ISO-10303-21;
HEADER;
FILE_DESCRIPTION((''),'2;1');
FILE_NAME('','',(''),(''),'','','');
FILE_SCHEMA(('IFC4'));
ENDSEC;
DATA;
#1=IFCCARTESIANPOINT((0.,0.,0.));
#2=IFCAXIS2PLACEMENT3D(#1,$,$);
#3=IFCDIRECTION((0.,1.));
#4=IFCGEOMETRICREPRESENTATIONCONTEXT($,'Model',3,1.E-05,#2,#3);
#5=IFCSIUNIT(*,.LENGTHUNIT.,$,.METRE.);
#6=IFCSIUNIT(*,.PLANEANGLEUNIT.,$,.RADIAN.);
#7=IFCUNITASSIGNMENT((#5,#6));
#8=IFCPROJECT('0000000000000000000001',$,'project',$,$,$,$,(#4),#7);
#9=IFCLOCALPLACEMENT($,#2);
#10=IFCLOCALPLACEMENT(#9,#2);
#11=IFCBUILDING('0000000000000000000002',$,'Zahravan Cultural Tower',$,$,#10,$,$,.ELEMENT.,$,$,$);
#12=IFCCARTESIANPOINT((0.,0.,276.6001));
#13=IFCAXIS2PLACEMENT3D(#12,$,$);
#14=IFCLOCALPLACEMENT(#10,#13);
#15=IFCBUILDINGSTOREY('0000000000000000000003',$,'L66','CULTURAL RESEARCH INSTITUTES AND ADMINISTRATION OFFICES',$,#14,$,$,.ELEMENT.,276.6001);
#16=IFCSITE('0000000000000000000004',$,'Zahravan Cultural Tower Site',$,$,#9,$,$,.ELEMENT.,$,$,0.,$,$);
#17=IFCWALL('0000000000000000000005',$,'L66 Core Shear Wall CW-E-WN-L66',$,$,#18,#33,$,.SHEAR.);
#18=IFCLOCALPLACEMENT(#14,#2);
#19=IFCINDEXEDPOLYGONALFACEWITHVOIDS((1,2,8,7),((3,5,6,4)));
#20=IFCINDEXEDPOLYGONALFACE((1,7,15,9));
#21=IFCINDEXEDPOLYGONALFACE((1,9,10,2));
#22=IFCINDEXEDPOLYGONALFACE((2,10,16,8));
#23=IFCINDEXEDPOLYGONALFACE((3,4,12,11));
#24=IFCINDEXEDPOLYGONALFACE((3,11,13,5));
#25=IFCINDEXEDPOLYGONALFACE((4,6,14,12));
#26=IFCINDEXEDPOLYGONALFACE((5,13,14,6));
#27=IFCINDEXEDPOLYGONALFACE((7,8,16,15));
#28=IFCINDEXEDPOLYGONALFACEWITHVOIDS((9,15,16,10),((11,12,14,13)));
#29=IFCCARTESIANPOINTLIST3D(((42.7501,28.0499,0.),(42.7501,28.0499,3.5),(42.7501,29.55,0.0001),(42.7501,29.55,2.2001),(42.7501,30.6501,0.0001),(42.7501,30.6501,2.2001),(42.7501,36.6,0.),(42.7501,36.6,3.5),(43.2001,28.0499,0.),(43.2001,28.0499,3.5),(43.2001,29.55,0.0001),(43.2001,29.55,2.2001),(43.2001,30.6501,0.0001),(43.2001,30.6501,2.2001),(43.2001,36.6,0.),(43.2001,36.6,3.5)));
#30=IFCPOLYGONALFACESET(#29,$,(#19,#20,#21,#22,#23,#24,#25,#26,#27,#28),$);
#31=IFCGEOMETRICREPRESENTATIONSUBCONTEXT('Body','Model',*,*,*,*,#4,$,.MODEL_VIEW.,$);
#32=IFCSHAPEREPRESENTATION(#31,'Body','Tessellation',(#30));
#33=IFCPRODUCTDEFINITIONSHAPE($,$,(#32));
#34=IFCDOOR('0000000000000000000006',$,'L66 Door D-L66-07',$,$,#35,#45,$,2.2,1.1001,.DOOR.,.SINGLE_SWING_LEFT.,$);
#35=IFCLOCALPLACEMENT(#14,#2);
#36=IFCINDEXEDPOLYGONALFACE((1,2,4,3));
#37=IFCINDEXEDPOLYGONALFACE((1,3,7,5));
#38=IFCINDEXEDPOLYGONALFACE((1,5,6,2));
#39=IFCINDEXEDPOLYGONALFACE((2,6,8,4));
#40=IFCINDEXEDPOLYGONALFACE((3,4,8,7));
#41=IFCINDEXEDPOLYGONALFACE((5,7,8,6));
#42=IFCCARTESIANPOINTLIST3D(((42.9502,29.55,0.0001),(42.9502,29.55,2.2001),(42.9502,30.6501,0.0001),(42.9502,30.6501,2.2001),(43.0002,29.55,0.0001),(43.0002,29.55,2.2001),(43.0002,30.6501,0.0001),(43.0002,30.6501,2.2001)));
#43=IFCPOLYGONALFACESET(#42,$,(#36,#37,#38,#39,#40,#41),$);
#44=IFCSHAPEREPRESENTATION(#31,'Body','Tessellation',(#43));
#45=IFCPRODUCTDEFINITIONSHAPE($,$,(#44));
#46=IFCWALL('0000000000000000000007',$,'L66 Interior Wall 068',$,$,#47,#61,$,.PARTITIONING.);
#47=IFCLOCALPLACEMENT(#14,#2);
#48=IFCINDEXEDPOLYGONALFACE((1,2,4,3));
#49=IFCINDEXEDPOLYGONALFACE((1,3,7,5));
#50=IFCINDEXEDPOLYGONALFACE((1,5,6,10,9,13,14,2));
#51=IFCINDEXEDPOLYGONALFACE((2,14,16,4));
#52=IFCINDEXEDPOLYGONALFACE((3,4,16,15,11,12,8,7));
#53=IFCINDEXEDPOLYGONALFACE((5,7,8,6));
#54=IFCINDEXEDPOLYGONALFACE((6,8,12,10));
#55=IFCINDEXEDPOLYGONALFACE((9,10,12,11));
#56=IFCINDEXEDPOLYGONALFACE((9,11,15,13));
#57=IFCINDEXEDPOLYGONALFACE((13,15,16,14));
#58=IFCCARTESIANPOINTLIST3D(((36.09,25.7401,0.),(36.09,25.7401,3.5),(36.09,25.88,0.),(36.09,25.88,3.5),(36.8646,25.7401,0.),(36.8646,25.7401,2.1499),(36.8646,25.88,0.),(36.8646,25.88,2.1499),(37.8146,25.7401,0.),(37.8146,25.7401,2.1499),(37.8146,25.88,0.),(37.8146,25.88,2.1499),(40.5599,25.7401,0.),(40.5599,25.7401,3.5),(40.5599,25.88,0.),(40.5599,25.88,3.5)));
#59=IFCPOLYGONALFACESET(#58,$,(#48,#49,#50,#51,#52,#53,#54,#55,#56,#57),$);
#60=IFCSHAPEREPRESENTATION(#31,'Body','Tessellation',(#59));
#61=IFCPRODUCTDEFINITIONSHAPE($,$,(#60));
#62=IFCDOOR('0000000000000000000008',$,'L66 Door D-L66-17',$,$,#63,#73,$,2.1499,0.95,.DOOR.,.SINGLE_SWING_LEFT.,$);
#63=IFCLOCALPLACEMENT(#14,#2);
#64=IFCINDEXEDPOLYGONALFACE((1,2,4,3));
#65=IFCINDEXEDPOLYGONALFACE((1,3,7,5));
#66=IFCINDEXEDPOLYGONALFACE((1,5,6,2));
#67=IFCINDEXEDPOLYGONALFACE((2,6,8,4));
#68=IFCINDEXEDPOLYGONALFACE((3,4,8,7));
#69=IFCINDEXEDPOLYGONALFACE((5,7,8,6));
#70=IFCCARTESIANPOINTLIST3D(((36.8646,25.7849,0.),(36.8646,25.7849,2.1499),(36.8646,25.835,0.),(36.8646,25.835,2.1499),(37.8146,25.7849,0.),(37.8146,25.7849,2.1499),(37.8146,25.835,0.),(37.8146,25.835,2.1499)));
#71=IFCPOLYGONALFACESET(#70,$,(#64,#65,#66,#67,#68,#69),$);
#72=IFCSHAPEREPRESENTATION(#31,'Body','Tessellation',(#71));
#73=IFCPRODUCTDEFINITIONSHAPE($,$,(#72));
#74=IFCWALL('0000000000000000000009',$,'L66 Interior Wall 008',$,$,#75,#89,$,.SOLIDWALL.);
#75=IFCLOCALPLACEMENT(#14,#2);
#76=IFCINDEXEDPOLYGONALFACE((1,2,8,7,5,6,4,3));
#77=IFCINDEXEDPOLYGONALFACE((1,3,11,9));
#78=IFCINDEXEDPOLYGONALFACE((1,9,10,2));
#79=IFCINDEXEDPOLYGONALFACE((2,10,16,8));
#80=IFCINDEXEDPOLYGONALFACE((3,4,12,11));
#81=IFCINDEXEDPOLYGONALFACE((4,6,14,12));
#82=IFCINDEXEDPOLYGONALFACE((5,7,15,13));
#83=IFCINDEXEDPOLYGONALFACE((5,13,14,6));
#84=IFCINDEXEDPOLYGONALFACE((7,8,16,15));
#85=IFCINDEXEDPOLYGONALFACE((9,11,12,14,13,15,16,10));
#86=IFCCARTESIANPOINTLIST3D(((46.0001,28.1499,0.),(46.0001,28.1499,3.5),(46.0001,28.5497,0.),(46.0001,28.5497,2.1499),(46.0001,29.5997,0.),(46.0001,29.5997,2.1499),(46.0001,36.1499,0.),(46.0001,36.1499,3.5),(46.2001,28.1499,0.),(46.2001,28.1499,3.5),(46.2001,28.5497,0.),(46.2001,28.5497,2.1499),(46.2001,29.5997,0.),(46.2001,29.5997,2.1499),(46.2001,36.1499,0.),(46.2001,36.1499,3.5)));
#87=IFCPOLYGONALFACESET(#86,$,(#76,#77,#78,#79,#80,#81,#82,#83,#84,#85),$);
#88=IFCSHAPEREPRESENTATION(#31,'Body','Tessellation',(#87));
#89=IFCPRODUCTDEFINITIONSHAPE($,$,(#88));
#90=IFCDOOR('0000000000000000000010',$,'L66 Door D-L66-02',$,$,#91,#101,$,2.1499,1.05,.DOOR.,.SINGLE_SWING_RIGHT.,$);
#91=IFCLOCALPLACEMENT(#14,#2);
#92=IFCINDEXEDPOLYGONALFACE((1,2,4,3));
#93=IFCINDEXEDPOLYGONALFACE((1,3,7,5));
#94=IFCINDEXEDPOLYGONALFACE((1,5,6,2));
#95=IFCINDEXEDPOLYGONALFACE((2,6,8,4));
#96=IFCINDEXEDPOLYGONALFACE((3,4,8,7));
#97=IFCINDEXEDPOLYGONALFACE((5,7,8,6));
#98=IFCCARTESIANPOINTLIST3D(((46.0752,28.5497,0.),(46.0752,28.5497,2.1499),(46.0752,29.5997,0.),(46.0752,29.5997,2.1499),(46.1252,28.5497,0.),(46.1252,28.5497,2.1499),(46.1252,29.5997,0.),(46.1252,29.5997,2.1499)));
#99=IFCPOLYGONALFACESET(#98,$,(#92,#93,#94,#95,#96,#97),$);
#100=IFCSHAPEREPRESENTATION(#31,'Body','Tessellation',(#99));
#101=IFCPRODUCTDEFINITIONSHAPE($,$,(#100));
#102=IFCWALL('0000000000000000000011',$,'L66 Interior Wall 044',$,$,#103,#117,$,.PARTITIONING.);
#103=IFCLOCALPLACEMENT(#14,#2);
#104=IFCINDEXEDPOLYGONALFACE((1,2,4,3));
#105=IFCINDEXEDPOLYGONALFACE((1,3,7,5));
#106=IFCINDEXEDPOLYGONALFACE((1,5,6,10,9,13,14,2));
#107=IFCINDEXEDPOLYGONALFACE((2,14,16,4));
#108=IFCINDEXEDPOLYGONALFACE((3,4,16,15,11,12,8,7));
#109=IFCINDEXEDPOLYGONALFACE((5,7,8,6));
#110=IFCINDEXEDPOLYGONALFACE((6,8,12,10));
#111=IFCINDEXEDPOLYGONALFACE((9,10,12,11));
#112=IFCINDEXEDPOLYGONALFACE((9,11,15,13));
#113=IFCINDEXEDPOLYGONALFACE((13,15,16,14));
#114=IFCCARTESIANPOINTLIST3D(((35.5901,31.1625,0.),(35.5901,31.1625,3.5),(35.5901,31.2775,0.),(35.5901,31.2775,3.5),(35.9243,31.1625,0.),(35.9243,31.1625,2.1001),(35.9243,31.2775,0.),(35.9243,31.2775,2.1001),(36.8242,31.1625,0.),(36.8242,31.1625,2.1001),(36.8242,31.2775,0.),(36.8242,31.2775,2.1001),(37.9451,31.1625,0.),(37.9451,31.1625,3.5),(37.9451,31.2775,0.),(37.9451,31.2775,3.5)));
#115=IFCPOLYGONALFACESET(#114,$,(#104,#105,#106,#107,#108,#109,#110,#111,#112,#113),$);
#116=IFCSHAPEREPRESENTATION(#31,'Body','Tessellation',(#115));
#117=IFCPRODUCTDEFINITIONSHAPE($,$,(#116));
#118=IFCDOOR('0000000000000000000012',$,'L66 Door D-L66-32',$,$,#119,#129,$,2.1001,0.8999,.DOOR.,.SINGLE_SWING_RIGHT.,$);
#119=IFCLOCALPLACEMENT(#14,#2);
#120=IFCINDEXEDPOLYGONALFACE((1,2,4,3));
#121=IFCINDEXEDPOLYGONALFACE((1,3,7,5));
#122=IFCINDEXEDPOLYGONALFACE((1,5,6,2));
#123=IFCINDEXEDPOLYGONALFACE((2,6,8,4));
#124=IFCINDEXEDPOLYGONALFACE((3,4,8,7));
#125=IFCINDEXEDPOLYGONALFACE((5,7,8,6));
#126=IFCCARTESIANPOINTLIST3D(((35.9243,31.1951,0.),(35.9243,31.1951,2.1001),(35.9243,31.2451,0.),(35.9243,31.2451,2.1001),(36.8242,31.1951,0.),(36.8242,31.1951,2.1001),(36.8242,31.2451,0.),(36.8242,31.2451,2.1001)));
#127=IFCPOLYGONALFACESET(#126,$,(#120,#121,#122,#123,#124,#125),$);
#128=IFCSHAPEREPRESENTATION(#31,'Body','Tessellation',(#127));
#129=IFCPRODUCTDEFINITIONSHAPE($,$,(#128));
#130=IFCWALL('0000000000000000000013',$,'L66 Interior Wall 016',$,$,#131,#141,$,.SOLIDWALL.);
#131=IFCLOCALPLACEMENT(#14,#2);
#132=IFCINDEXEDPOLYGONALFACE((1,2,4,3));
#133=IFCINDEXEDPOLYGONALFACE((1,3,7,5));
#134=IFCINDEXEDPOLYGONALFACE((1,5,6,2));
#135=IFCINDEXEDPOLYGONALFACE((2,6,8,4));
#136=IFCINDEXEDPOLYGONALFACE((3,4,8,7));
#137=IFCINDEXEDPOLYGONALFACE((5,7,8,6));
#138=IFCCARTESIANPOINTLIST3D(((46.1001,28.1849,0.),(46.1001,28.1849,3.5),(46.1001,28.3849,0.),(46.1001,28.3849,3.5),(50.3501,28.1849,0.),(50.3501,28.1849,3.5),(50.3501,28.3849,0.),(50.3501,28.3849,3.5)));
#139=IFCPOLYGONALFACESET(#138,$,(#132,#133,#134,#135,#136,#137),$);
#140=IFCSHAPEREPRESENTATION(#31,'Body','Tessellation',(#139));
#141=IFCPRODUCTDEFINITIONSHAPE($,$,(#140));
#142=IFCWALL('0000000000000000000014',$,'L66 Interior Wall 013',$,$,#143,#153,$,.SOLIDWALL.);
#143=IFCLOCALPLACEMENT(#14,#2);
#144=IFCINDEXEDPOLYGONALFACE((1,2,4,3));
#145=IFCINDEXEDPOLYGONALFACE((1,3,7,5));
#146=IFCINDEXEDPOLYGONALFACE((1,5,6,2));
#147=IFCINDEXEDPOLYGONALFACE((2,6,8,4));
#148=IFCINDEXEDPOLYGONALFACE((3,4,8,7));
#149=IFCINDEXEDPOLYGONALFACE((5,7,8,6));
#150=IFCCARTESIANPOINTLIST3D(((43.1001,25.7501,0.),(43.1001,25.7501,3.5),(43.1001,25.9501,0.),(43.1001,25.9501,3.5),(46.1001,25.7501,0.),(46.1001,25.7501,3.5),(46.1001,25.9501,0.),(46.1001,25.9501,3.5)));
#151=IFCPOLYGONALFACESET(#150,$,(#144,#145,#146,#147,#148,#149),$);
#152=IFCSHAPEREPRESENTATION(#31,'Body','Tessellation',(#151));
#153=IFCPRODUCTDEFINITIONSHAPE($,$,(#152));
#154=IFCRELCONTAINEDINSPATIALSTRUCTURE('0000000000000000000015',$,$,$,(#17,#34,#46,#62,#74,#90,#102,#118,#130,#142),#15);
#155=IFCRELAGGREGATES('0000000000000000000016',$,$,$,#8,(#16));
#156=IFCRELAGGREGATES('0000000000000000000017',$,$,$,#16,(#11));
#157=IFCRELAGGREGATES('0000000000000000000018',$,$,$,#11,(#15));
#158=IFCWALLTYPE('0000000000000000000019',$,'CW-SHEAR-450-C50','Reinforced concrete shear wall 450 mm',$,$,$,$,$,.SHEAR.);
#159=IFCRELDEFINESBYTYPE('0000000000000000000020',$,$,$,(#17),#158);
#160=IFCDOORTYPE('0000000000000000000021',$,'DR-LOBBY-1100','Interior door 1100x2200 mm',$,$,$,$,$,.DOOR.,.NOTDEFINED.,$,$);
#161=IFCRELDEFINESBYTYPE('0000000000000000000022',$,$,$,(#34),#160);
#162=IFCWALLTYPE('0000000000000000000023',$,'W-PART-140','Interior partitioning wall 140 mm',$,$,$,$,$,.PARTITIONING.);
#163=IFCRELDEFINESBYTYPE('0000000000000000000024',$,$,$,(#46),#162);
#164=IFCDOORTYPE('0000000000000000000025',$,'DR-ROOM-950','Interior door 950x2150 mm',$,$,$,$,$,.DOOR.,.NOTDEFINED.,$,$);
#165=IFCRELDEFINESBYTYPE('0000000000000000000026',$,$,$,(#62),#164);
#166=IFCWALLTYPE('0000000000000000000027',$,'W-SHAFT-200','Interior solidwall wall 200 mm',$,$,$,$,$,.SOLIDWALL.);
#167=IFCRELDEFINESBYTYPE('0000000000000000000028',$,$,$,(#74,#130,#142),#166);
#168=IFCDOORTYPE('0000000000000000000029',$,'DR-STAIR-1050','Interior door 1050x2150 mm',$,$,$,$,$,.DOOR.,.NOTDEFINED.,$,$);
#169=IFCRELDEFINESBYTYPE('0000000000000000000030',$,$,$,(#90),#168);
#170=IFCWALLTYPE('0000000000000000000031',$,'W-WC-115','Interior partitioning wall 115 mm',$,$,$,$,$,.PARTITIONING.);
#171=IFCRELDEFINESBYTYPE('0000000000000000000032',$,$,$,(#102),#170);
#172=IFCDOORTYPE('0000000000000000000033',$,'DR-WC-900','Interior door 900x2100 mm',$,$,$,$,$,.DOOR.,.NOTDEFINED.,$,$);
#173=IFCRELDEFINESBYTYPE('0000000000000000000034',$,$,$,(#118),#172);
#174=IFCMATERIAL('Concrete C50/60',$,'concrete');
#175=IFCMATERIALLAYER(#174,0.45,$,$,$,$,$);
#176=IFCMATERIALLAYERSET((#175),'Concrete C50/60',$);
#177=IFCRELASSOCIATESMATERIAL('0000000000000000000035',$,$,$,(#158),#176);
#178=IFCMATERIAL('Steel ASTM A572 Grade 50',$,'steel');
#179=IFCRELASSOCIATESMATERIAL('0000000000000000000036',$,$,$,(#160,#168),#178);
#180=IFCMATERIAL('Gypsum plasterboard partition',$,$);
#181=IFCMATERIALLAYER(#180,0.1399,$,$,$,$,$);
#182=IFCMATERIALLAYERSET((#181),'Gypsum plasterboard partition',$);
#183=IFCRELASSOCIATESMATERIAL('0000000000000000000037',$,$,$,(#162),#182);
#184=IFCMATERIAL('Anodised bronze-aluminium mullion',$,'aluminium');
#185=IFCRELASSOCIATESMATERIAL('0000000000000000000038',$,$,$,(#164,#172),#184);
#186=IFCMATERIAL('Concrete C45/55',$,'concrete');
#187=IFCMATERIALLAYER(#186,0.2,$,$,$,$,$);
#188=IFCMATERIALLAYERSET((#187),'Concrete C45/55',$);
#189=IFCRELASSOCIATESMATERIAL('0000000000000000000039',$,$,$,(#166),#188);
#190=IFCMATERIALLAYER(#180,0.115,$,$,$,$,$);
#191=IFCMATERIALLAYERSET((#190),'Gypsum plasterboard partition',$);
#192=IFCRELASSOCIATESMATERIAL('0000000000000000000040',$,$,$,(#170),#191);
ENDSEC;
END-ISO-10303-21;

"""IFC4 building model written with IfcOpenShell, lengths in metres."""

from ifc_helpers import new_model, si_unit, direction, frame, frame_2d, origin, place, context, subcontext, project, spatial, rectangle, extrude, source, transform, mapped, material, layer, layer_set, type_object, element, fill, save


model = new_model("IFC4")

# Units and contexts
model_context = context("Model", 3, precision=1e-05, world=origin(), true_north=direction((0.0, 1.0)))
body_context = subcontext(model_context, "Body", "Model", "MODEL_VIEW")
ifc_project = project(units=[si_unit("LENGTHUNIT", "METRE"), si_unit("PLANEANGLEUNIT", "RADIAN")], contexts=[model_context])

# Site, building, storey
site_placement = place(None, origin())
site = spatial("IfcSite", under=ifc_project, at=site_placement, Name="Zahravan Cultural Tower Site", CompositionType="ELEMENT", RefElevation=0.0)
building_placement = place(site_placement, origin())
building = spatial("IfcBuilding", under=site, at=building_placement, Name="Zahravan Cultural Tower", CompositionType="ELEMENT")
storey_placement = place(building_placement, frame((0.0, 0.0, 276.6001)))
storey = spatial("IfcBuildingStorey", under=building, at=storey_placement, Name="L66", Description="CULTURAL RESEARCH INSTITUTES AND ADMINISTRATION OFFICES", CompositionType="ELEMENT", Elevation=276.6001)

# Walls, openings, doors
ifc_material_1 = material(Name="Concrete C50/60", Category="concrete")
ifc_layer_1 = layer(ifc_material_1, 0.45)
ifc_layer_set_1 = layer_set([ifc_layer_1], Name="Concrete C50/60")
wall_type_1 = type_object("IfcWallType", Name="CW-SHEAR-450-C50", Description="Reinforced concrete shear wall 450 mm", PredefinedType="SHEAR", material=ifc_layer_set_1)
wall_1_placement = place(storey_placement, frame((42.9751, 28.05, 0.0), z_axis=(0.0, 0.0, 1.0), x_axis=(0.0, 1.0, 0.0)))
wall_1 = element("IfcWall", 1, at=wall_1_placement, inside=storey, type_object=wall_type_1, Name="L66 Core Shear Wall CW-E-WN-L66", PredefinedType="SHEAR", context=body_context, shape_type="SweptSolid", body=[
    extrude(rectangle(XDim=8.55, YDim=0.45, at=frame_2d((4.2749, 0.0))), origin(), (0.0, 0.0, 1.0), 3.5),
])
opening_1_placement = place(wall_1_placement, frame((1.5, 0.0, 0.0)))
opening_1 = element("IfcOpeningElement", 2, at=opening_1_placement, cuts=wall_1, PredefinedType="OPENING", context=body_context, shape_type="SweptSolid", body=[
    extrude(rectangle(XDim=1.1001, YDim=2.2, at=frame_2d((0.55, 1.1001))), frame((0.0, 0.2349, 0.0), z_axis=(0.0, -1.0, 0.0), x_axis=(1.0, 0.0, 0.0)), (0.0, 0.0, 1.0), 0.47),
])
ifc_material_2 = material(Name="Steel ASTM A572 Grade 50", Category="steel")
door_type_1 = type_object("IfcDoorType", Name="DR-LOBBY-1100", Description="Interior door 1100x2200 mm", OperationType="NOTDEFINED", PredefinedType="DOOR", material=ifc_material_2)
shared_shape_1 = source(origin(), body_context, "Body", "SweptSolid", [
    extrude(rectangle(XDim=1.1001, YDim=2.2, at=frame_2d((0.55, 1.1001))), frame((0.0, 0.0249, 0.0), z_axis=(0.0, -1.0, 0.0), x_axis=(1.0, 0.0, 0.0)), (0.0, 0.0, 1.0), 0.05),
])
door_1_placement = place(opening_1_placement, origin())
door_1 = element("IfcDoor", 3, at=door_1_placement, inside=storey, type_object=door_type_1, Name="L66 Door D-L66-07", OperationType="SINGLE_SWING_LEFT", OverallHeight=2.2, OverallWidth=1.1001, PredefinedType="DOOR", context=body_context, shape_type="MappedRepresentation", body=[
    mapped(shared_shape_1, transform((0.0, 0.0, 0.0), x_axis=(1.0, 0.0, 0.0), y_axis=(0.0, 1.0, 0.0), z_axis=(0.0, 0.0, 1.0), scale=1.0)),
])
fill(opening_1, door_1)
ifc_material_3 = material(Name="Gypsum plasterboard partition")
ifc_layer_2 = layer(ifc_material_3, 0.1399)
ifc_layer_set_2 = layer_set([ifc_layer_2], Name="Gypsum plasterboard partition")
wall_type_2 = type_object("IfcWallType", Name="W-PART-140", Description="Interior partitioning wall 140 mm", PredefinedType="PARTITIONING", material=ifc_layer_set_2)
ifc_material_4 = material(Name="Anodised bronze-aluminium mullion", Category="aluminium")
door_type_2 = type_object("IfcDoorType", Name="DR-ROOM-950", Description="Interior door 950x2150 mm", OperationType="NOTDEFINED", PredefinedType="DOOR", material=ifc_material_4)
shared_shape_2 = source(origin(), body_context, "Body", "SweptSolid", [
    extrude(rectangle(XDim=0.95, YDim=2.1499, at=frame_2d((0.4751, 1.075))), frame((0.0, 0.0249, 0.0), z_axis=(0.0, -1.0, 0.0), x_axis=(1.0, 0.0, 0.0)), (0.0, 0.0, 1.0), 0.05),
])
wall_2_placement = place(storey_placement, frame((36.0901, 25.8101, 0.0), z_axis=(0.0, 0.0, 1.0), x_axis=(1.0, 0.0, 0.0)))
wall_2 = element("IfcWall", 4, at=wall_2_placement, inside=storey, type_object=wall_type_2, Name="L66 Interior Wall 068", PredefinedType="PARTITIONING", context=body_context, shape_type="SweptSolid", body=[
    extrude(rectangle(XDim=4.47, YDim=0.1399, at=frame_2d((2.2349, 0.0))), origin(), (0.0, 0.0, 1.0), 3.5),
])
opening_2_placement = place(wall_2_placement, frame((0.7744, 0.0, 0.0)))
opening_2 = element("IfcOpeningElement", 5, at=opening_2_placement, cuts=wall_2, PredefinedType="OPENING", context=body_context, shape_type="SweptSolid", body=[
    extrude(rectangle(XDim=0.95, YDim=2.1499, at=frame_2d((0.4751, 1.075))), frame((0.0, 0.0798, 0.0), z_axis=(0.0, -1.0, 0.0), x_axis=(1.0, 0.0, 0.0)), (0.0, 0.0, 1.0), 0.1599),
])
door_2_placement = place(opening_2_placement, origin())
door_2 = element("IfcDoor", 6, at=door_2_placement, inside=storey, type_object=door_type_2, Name="L66 Door D-L66-17", OperationType="SINGLE_SWING_LEFT", OverallHeight=2.1499, OverallWidth=0.95, PredefinedType="DOOR", context=body_context, shape_type="MappedRepresentation", body=[
    mapped(shared_shape_2, transform((0.0, 0.0, 0.0), x_axis=(1.0, 0.0, 0.0), y_axis=(0.0, 1.0, 0.0), z_axis=(0.0, 0.0, 1.0), scale=1.0)),
])
fill(opening_2, door_2)
ifc_material_5 = material(Name="Concrete C45/55", Category="concrete")
ifc_layer_3 = layer(ifc_material_5, 0.2)
ifc_layer_set_3 = layer_set([ifc_layer_3], Name="Concrete C45/55")
wall_type_3 = type_object("IfcWallType", Name="W-SHAFT-200", Description="Interior solidwall wall 200 mm", PredefinedType="SOLIDWALL", material=ifc_layer_set_3)
wall_3_placement = place(storey_placement, frame((46.1001, 28.1499, 0.0), z_axis=(0.0, 0.0, 1.0), x_axis=(0.0, 1.0, 0.0)))
wall_3 = element("IfcWall", 7, at=wall_3_placement, inside=storey, type_object=wall_type_3, Name="L66 Interior Wall 008", PredefinedType="SOLIDWALL", context=body_context, shape_type="SweptSolid", body=[
    extrude(rectangle(XDim=8.0, YDim=0.2, at=frame_2d((4.0, 0.0))), origin(), (0.0, 0.0, 1.0), 3.5),
])
opening_3_placement = place(wall_3_placement, frame((0.3999, 0.0, 0.0)))
opening_3 = element("IfcOpeningElement", 8, at=opening_3_placement, cuts=wall_3, PredefinedType="OPENING", context=body_context, shape_type="SweptSolid", body=[
    extrude(rectangle(XDim=1.05, YDim=2.1499, at=frame_2d((0.5249, 1.075))), frame((0.0, 0.1099, 0.0), z_axis=(0.0, -1.0, 0.0), x_axis=(1.0, 0.0, 0.0)), (0.0, 0.0, 1.0), 0.22),
])
door_type_3 = type_object("IfcDoorType", Name="DR-STAIR-1050", Description="Interior door 1050x2150 mm", OperationType="NOTDEFINED", PredefinedType="DOOR", material=ifc_material_2)
shared_shape_3 = source(origin(), body_context, "Body", "SweptSolid", [
    extrude(rectangle(XDim=1.05, YDim=2.1499, at=frame_2d((0.5249, 1.075))), frame((0.0, 0.0249, 0.0), z_axis=(0.0, -1.0, 0.0), x_axis=(1.0, 0.0, 0.0)), (0.0, 0.0, 1.0), 0.05),
])
door_3_placement = place(opening_3_placement, origin())
door_3 = element("IfcDoor", 9, at=door_3_placement, inside=storey, type_object=door_type_3, Name="L66 Door D-L66-02", OperationType="SINGLE_SWING_RIGHT", OverallHeight=2.1499, OverallWidth=1.05, PredefinedType="DOOR", context=body_context, shape_type="MappedRepresentation", body=[
    mapped(shared_shape_3, transform((0.0, 0.0, 0.0), x_axis=(1.0, 0.0, 0.0), y_axis=(0.0, 1.0, 0.0), z_axis=(0.0, 0.0, 1.0), scale=1.0)),
])
fill(opening_3, door_3)
ifc_layer_4 = layer(ifc_material_3, 0.115)
ifc_layer_set_4 = layer_set([ifc_layer_4], Name="Gypsum plasterboard partition")
wall_type_4 = type_object("IfcWallType", Name="W-WC-115", Description="Interior partitioning wall 115 mm", PredefinedType="PARTITIONING", material=ifc_layer_set_4)
wall_4_placement = place(storey_placement, frame((37.9451, 31.22, 0.0), z_axis=(0.0, 0.0, 1.0), x_axis=(-1.0, 0.0, 0.0)))
wall_4 = element("IfcWall", 10, at=wall_4_placement, inside=storey, type_object=wall_type_4, Name="L66 Interior Wall 044", PredefinedType="PARTITIONING", context=body_context, shape_type="SweptSolid", body=[
    extrude(rectangle(XDim=2.355, YDim=0.115, at=frame_2d((1.1775, 0.0))), origin(), (0.0, 0.0, 1.0), 3.5),
])
opening_4_placement = place(wall_4_placement, frame((1.1208, 0.0, 0.0)))
opening_4 = element("IfcOpeningElement", 11, at=opening_4_placement, cuts=wall_4, PredefinedType="OPENING", context=body_context, shape_type="SweptSolid", body=[
    extrude(rectangle(XDim=0.8999, YDim=2.1001, at=frame_2d((0.45, 1.05))), frame((0.0, 0.0674, 0.0), z_axis=(0.0, -1.0, 0.0), x_axis=(1.0, 0.0, 0.0)), (0.0, 0.0, 1.0), 0.135),
])
door_type_4 = type_object("IfcDoorType", Name="DR-WC-900", Description="Interior door 900x2100 mm", OperationType="NOTDEFINED", PredefinedType="DOOR", material=ifc_material_4)
shared_shape_4 = source(origin(), body_context, "Body", "SweptSolid", [
    extrude(rectangle(XDim=0.8999, YDim=2.1001, at=frame_2d((0.45, 1.05))), frame((0.0, 0.0249, 0.0), z_axis=(0.0, -1.0, 0.0), x_axis=(1.0, 0.0, 0.0)), (0.0, 0.0, 1.0), 0.05),
])
door_4_placement = place(opening_4_placement, origin())
door_4 = element("IfcDoor", 12, at=door_4_placement, inside=storey, type_object=door_type_4, Name="L66 Door D-L66-32", OperationType="SINGLE_SWING_RIGHT", OverallHeight=2.1001, OverallWidth=0.8999, PredefinedType="DOOR", context=body_context, shape_type="MappedRepresentation", body=[
    mapped(shared_shape_4, transform((0.0, 0.0, 0.0), x_axis=(1.0, 0.0, 0.0), y_axis=(0.0, 1.0, 0.0), z_axis=(0.0, 0.0, 1.0), scale=1.0)),
])
fill(opening_4, door_4)

# Walls
shared_shape_5 = source(origin(), body_context, "Body", "SweptSolid", [
    extrude(rectangle(XDim=4.25, YDim=0.2, at=frame_2d((2.125, 0.0))), origin(), (0.0, 0.0, 1.0), 3.5),
])
wall_5_placement = place(storey_placement, frame((46.1001, 28.2849, 0.0), z_axis=(0.0, 0.0, 1.0), x_axis=(1.0, 0.0, 0.0)))
element("IfcWall", 13, at=wall_5_placement, inside=storey, type_object=wall_type_3, Name="L66 Interior Wall 016", PredefinedType="SOLIDWALL", context=body_context, shape_type="MappedRepresentation", body=[
    mapped(shared_shape_5, transform((0.0, 0.0, 0.0), x_axis=(1.0, 0.0, 0.0), y_axis=(0.0, 1.0, 0.0), z_axis=(0.0, 0.0, 1.0), scale=1.0)),
])
shared_shape_6 = source(origin(), body_context, "Body", "SweptSolid", [
    extrude(rectangle(XDim=3.0, YDim=0.2, at=frame_2d((1.5, 0.0))), origin(), (0.0, 0.0, 1.0), 3.5),
])
for number, where, z_axis, x_axis, name in (
    (14, (43.1001, 25.8501, 0.0), (0.0, 0.0, 1.0), (1.0, 0.0, 0.0), "L66 Interior Wall 013"),
):
    element("IfcWall", number, at=place(storey_placement, frame(where, z_axis=z_axis, x_axis=x_axis)), inside=storey, type_object=wall_type_3, Name=name, PredefinedType="SOLIDWALL", context=body_context, shape_type="MappedRepresentation", body=[
        mapped(shared_shape_6, transform((0.0, 0.0, 0.0), x_axis=(1.0, 0.0, 0.0), y_axis=(0.0, 1.0, 0.0), z_axis=(0.0, 0.0, 1.0), scale=1.0)),
    ])

save(model, "model.ifc")
